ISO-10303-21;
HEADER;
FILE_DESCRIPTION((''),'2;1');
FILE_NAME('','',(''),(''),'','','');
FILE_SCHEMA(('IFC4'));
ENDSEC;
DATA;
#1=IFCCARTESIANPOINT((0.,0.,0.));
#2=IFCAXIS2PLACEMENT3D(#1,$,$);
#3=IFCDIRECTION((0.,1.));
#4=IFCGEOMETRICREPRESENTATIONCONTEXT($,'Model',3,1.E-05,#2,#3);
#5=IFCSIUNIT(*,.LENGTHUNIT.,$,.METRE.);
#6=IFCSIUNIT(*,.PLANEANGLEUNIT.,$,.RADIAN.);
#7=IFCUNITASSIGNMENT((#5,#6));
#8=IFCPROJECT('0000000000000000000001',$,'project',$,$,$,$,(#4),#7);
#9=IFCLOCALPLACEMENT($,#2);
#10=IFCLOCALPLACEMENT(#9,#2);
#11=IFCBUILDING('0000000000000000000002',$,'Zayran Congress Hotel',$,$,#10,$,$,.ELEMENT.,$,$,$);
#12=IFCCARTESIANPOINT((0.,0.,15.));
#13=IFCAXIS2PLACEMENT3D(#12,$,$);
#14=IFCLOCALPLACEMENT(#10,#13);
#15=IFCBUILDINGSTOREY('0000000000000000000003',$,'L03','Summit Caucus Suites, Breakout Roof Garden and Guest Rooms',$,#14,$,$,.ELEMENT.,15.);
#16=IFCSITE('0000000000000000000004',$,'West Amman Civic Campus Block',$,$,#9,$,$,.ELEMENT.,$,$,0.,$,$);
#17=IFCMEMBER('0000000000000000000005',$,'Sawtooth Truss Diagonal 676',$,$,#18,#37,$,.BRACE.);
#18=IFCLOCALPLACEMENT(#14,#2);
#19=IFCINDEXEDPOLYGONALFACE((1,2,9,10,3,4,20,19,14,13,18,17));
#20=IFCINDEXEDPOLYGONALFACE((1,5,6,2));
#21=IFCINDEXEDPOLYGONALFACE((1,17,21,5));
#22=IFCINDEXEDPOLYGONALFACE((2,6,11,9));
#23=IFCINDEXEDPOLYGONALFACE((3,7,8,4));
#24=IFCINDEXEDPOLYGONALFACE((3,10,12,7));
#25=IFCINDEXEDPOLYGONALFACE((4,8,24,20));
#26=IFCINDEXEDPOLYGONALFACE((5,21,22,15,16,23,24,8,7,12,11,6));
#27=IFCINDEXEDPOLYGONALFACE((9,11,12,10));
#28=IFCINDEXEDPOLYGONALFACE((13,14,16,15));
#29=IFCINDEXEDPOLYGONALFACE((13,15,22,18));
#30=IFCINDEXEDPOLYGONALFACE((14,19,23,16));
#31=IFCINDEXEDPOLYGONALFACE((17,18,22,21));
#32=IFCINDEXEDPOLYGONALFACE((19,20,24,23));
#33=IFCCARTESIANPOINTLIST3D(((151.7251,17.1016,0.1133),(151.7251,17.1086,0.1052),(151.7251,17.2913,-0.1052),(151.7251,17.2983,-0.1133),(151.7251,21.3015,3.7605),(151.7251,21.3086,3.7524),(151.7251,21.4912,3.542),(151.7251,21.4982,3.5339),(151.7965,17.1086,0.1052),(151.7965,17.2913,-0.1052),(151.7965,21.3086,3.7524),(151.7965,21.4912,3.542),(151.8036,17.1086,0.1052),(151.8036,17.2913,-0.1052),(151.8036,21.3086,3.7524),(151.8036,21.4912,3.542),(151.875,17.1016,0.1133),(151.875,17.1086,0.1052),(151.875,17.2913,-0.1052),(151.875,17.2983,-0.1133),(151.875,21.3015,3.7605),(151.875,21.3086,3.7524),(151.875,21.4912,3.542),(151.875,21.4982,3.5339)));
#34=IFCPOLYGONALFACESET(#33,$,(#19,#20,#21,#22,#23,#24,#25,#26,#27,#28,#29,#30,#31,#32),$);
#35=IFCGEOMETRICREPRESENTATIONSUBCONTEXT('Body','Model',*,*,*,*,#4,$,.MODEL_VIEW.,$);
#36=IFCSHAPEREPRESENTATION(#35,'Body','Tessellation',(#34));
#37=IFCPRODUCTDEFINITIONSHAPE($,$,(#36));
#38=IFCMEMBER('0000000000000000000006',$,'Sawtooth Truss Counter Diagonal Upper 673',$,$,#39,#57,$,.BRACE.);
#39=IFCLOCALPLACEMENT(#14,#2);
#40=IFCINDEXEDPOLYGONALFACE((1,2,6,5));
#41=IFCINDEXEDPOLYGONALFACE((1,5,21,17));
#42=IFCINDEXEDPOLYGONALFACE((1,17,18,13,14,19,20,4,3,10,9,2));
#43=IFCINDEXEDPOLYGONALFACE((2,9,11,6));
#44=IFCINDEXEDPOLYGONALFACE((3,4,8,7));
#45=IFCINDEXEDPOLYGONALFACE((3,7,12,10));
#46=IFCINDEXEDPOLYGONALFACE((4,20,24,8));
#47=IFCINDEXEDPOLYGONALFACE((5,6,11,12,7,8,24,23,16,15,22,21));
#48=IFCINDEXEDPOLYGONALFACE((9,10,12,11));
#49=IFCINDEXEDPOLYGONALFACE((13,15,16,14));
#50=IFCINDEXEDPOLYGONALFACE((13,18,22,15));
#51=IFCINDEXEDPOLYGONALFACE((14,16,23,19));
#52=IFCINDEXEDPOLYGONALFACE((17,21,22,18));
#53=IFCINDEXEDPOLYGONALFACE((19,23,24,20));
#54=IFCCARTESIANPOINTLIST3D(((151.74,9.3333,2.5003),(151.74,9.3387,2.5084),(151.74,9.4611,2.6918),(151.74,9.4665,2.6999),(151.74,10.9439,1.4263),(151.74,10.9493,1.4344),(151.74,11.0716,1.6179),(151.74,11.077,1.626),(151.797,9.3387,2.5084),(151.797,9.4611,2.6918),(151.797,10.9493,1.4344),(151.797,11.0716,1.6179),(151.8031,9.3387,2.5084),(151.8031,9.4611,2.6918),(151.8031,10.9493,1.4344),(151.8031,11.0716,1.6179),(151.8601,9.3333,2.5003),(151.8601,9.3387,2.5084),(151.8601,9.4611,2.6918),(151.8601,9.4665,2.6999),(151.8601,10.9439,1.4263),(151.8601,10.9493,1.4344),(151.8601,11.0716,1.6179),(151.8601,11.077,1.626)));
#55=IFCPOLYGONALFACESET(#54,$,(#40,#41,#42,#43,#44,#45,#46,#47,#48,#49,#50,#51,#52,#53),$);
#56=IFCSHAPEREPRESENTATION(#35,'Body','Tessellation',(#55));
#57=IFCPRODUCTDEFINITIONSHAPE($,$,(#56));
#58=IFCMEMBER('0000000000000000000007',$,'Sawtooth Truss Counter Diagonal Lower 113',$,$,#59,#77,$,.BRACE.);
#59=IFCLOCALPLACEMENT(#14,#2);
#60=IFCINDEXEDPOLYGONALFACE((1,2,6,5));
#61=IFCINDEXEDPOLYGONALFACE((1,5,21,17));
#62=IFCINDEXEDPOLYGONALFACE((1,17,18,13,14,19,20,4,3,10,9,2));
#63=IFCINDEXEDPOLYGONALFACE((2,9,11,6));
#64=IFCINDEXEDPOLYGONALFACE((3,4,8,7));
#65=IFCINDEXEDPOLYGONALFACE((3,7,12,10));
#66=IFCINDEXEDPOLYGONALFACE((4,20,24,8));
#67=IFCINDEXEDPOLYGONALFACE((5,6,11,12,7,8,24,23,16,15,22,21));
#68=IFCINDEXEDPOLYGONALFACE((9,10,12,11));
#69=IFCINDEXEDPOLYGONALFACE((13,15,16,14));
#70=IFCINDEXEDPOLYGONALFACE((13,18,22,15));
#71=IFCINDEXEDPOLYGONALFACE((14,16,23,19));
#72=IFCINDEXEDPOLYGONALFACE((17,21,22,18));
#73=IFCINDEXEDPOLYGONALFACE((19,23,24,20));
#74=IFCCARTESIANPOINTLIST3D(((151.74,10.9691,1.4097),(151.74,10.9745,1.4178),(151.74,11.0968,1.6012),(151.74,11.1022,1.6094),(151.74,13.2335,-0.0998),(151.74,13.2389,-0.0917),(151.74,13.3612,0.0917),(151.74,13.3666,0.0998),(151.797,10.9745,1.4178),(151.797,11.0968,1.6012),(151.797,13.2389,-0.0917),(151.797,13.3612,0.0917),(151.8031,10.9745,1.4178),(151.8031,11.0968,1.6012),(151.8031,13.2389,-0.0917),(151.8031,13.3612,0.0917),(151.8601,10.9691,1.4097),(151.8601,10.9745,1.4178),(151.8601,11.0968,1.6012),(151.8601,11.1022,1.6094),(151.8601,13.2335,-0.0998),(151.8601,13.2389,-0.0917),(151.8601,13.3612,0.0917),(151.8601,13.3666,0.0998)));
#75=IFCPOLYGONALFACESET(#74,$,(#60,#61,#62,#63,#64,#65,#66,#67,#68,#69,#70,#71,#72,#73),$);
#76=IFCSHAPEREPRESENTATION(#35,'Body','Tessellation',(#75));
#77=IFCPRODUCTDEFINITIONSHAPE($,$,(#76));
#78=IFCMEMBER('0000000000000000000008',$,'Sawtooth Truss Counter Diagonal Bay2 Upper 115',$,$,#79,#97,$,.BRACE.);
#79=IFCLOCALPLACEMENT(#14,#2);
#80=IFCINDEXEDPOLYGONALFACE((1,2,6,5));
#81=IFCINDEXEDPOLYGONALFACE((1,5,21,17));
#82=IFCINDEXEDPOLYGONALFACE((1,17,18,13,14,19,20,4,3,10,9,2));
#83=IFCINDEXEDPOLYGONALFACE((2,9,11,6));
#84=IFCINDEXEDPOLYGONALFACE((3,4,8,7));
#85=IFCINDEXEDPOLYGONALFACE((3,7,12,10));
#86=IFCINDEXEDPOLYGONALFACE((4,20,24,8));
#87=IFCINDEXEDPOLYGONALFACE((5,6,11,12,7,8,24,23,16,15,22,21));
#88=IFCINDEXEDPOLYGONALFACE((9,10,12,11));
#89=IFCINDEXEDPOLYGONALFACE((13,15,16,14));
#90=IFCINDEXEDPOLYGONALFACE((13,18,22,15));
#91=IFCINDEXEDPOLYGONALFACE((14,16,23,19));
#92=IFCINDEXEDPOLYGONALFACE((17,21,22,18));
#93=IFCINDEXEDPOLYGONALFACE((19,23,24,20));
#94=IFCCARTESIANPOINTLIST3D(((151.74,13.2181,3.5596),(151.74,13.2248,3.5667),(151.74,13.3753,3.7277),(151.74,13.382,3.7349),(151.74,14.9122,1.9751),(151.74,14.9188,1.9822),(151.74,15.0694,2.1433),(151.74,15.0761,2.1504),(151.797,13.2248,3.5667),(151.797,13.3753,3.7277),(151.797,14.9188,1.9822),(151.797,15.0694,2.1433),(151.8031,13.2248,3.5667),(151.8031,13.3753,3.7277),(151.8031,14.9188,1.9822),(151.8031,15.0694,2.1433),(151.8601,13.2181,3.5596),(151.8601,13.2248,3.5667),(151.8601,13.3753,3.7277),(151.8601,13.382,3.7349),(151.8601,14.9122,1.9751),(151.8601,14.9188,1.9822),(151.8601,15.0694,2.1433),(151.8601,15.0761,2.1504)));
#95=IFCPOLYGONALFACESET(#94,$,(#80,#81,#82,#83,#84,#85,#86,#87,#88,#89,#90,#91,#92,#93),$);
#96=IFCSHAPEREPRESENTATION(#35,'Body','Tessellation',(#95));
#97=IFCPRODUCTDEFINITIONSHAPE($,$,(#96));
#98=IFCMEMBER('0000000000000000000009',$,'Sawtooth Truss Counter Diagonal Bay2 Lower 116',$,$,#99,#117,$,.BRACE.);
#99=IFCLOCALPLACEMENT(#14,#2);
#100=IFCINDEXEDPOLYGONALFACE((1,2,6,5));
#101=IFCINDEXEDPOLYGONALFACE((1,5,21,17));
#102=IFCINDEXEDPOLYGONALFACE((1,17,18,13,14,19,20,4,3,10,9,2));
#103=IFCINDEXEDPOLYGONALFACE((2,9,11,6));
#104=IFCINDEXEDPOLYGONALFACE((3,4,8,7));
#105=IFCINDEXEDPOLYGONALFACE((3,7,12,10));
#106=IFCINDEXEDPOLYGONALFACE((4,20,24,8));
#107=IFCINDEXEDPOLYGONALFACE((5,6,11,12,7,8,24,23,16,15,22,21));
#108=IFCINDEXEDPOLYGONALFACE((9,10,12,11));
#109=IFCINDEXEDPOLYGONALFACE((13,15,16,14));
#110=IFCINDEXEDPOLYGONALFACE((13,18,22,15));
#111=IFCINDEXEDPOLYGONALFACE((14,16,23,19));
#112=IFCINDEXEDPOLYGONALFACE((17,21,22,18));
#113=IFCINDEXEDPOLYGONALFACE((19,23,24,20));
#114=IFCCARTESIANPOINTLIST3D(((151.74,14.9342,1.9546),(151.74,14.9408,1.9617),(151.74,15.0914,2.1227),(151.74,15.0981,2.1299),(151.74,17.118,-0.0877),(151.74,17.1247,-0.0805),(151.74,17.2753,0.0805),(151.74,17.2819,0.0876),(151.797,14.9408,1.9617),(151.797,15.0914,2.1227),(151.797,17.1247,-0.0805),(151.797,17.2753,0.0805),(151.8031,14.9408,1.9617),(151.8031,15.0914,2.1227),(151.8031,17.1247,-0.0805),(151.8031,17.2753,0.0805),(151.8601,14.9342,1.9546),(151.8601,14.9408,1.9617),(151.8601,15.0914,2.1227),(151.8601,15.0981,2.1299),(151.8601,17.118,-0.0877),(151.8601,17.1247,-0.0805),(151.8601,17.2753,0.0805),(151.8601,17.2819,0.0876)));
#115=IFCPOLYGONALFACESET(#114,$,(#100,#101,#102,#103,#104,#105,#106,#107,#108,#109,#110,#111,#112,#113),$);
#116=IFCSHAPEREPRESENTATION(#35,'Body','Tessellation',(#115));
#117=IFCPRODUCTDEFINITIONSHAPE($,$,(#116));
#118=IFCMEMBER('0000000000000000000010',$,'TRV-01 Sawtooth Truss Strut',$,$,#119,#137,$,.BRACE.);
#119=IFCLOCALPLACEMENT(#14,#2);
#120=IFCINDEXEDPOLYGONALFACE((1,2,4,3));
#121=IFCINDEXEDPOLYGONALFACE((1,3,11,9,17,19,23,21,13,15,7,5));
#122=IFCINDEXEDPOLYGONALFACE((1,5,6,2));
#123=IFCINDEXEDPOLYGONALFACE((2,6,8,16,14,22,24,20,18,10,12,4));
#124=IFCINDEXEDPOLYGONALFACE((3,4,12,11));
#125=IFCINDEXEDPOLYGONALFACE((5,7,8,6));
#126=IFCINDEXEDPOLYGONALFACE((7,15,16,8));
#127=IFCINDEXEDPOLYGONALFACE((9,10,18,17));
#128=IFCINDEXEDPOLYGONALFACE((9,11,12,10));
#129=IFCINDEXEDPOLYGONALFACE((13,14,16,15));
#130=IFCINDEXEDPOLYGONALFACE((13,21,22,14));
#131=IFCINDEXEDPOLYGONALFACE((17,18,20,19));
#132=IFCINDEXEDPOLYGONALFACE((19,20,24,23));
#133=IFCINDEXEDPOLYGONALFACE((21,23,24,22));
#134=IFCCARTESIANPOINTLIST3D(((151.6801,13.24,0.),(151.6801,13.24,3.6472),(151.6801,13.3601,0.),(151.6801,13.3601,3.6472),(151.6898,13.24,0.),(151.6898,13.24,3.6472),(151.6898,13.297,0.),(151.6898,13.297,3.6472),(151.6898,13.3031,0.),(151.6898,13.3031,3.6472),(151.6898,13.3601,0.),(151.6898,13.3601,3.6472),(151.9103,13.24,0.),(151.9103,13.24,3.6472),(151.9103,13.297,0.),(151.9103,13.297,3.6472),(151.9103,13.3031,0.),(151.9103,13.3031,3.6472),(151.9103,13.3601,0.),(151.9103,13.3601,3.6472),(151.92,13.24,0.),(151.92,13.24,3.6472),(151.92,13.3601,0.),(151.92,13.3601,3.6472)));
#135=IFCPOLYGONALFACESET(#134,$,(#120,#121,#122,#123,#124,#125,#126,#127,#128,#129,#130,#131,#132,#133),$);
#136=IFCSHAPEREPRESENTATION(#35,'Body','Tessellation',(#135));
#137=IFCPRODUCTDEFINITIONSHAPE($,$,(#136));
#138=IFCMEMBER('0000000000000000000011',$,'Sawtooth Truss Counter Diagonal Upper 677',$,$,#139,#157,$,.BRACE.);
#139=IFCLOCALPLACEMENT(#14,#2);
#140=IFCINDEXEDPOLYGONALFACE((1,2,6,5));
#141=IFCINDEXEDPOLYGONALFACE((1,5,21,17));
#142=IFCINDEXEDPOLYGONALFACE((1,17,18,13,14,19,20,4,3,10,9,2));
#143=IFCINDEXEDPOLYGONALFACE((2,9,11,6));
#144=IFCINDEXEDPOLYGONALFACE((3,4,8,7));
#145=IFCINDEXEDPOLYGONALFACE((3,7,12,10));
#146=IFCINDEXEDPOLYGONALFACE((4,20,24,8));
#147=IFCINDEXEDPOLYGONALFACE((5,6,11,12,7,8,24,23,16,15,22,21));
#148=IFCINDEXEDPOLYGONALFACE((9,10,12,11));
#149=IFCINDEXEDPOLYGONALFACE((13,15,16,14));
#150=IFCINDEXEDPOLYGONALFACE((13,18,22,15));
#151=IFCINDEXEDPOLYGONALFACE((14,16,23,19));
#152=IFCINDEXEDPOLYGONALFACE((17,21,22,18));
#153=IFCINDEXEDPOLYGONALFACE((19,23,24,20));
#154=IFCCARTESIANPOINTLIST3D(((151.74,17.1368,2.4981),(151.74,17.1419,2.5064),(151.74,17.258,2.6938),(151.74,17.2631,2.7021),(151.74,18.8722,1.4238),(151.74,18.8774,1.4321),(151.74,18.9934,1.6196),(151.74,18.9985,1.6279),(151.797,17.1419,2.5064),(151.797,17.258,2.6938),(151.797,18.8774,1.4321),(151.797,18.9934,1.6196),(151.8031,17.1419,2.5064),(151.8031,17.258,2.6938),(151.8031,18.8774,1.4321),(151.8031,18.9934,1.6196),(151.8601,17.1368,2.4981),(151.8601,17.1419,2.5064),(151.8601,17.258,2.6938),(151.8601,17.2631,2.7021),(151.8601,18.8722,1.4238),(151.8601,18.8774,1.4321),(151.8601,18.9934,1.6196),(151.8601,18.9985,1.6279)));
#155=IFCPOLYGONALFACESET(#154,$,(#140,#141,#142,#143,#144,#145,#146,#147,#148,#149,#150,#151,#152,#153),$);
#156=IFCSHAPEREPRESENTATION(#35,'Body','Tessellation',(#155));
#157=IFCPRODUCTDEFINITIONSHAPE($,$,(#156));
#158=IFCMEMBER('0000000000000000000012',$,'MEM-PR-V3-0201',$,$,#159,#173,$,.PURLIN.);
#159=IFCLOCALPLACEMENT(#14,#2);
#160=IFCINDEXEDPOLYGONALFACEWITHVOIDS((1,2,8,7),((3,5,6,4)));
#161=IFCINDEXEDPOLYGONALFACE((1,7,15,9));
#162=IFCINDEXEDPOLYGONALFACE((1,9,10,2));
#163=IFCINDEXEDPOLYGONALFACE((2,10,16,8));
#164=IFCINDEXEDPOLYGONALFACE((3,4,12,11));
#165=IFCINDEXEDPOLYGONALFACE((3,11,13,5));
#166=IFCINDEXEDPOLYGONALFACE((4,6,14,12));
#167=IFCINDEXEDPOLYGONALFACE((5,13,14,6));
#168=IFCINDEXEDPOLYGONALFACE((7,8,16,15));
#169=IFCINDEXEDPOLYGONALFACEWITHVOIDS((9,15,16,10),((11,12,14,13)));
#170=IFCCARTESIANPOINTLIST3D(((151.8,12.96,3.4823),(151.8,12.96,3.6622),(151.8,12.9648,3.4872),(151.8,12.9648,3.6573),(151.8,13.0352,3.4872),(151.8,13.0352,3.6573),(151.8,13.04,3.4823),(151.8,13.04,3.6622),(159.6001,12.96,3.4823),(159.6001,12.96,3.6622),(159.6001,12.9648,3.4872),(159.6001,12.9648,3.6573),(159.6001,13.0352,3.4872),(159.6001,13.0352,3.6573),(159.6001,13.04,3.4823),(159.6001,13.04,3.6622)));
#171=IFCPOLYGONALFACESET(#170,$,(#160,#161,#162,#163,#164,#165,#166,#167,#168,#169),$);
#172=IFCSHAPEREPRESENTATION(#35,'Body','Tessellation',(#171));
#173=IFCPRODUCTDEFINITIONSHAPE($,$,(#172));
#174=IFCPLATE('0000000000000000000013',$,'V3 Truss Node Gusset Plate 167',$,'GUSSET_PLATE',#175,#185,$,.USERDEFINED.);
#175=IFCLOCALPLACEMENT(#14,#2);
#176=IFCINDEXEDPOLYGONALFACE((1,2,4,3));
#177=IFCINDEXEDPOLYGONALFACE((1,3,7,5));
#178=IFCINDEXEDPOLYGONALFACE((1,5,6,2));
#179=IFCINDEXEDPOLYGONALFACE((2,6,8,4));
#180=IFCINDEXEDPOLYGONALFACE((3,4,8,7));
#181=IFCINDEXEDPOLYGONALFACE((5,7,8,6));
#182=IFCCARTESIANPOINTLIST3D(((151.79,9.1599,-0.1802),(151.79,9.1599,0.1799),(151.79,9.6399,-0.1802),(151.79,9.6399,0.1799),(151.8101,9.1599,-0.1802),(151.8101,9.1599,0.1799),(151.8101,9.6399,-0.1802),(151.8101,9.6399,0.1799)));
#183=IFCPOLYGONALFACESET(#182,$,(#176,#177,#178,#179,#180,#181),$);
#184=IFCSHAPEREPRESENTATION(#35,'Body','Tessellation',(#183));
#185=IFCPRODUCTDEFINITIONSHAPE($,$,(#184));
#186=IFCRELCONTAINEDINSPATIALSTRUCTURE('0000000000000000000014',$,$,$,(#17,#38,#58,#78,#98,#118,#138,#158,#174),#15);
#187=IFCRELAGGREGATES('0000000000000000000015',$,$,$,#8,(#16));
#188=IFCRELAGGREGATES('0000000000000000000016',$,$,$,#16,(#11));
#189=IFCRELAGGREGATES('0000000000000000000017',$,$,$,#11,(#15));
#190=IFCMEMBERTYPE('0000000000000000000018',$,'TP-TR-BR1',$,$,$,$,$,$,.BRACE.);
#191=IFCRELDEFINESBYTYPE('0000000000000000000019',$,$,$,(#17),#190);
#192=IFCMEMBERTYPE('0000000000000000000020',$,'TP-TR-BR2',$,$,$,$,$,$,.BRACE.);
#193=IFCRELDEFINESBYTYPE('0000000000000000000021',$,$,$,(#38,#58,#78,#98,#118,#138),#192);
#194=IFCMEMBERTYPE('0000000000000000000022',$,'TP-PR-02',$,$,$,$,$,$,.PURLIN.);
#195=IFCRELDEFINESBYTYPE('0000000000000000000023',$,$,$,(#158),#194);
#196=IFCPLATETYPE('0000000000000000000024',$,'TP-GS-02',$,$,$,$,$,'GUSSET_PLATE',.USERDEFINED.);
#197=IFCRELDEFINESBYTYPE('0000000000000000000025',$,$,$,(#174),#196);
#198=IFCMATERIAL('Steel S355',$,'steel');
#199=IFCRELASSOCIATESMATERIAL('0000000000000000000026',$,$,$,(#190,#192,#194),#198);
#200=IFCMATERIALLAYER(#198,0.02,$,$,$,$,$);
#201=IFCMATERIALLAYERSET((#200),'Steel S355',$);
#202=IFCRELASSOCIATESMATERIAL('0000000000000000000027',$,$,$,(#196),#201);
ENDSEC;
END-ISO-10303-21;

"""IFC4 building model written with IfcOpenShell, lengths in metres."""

from ifc_helpers import new_model, si_unit, direction, frame, origin, origin_2d, place, context, subcontext, project, spatial, rectangle, hollow_rectangle, i_section, extrude, material, layer, layer_set, material_profile, profile_set, type_object, element, save


model = new_model("IFC4")

# Units and contexts
model_context = context("Model", 3, precision=1e-05, world=origin(), true_north=direction((0.0, 1.0)))
body_context = subcontext(model_context, "Body", "Model", "MODEL_VIEW")
ifc_project = project(units=[si_unit("LENGTHUNIT", "METRE"), si_unit("PLANEANGLEUNIT", "RADIAN")], contexts=[model_context])

# Site, building, storey
site_placement = place(None, origin())
site = spatial("IfcSite", under=ifc_project, at=site_placement, Name="West Amman Civic Campus Block", CompositionType="ELEMENT", RefElevation=0.0)
building_placement = place(site_placement, origin())
building = spatial("IfcBuilding", under=site, at=building_placement, Name="Zayran Congress Hotel", CompositionType="ELEMENT")
storey_placement = place(building_placement, frame((0.0, 0.0, 15.0)))
storey = spatial("IfcBuildingStorey", under=building, at=storey_placement, Name="L03", Description="Summit Caucus Suites, Breakout Roof Garden and Guest Rooms", CompositionType="ELEMENT", Elevation=15.0)

# Shared definitions
ifc_material_1 = material(Name="Steel S355", Category="steel")

# Members
ifc_material_profile_1 = material_profile(ifc_material_1, i_section(OverallWidth=0.1499, OverallDepth=0.3, WebThickness=0.0071, FlangeThickness=0.0107, at=origin_2d()), Name="IPE 300")
ifc_profile_set_1 = profile_set([ifc_material_profile_1], Name="Steel S355")
member_type_1 = type_object("IfcMemberType", Name="TP-TR-BR1", PredefinedType="BRACE", material=ifc_profile_set_1)
member_1_placement = place(storey_placement, frame((151.8, 17.2, 0.0), z_axis=(0.0, 0.755043, 0.655675), x_axis=(-1.0, 0.0, 0.0)))
element("IfcMember", 1, at=member_1_placement, inside=storey, type_object=member_type_1, Name="Sawtooth Truss Diagonal 676", PredefinedType="BRACE", context=body_context, shape_type="SweptSolid", body=[
    extrude(i_section(OverallWidth=0.1499, OverallDepth=0.3, WebThickness=0.0071, FlangeThickness=0.0107, at=origin_2d()), origin(), (0.0, 0.0, 1.0), 5.5625),
])
ifc_material_profile_2 = material_profile(ifc_material_1, i_section(OverallWidth=0.1201, OverallDepth=0.24, WebThickness=0.0061, FlangeThickness=0.0098, at=origin_2d()), Name="IPE 240")
ifc_profile_set_2 = profile_set([ifc_material_profile_2], Name="Steel S355")
member_type_2 = type_object("IfcMemberType", Name="TP-TR-BR2", PredefinedType="BRACE", material=ifc_profile_set_2)
member_2_placement = place(storey_placement, frame((151.8, 9.3999, 2.6001), z_axis=(0.0, 0.831992, -0.554788), x_axis=(-1.0, 0.0, 0.0)))
element("IfcMember", 2, at=member_2_placement, inside=storey, type_object=member_type_2, Name="Sawtooth Truss Counter Diagonal Upper 673", PredefinedType="BRACE", context=body_context, shape_type="SweptSolid", body=[
    extrude(i_section(OverallWidth=0.1201, OverallDepth=0.24, WebThickness=0.0061, FlangeThickness=0.0098, at=origin_2d()), origin(), (0.0, 0.0, 1.0), 1.9358),
])
member_3_placement = place(storey_placement, frame((151.8, 11.0356, 1.5095), z_axis=(0.0, 0.832064, -0.554679), x_axis=(-1.0, 0.0, 0.0)))
element("IfcMember", 3, at=member_3_placement, inside=storey, type_object=member_type_2, Name="Sawtooth Truss Counter Diagonal Lower 113", PredefinedType="BRACE", context=body_context, shape_type="SweptSolid", body=[
    extrude(i_section(OverallWidth=0.1201, OverallDepth=0.24, WebThickness=0.0061, FlangeThickness=0.0098, at=origin_2d()), origin(), (0.0, 0.0, 1.0), 2.7214),
])
member_4_placement = place(storey_placement, frame((151.8, 13.3, 3.6472), z_axis=(0.0, 0.730341, -0.683083), x_axis=(-1.0, 0.0, 0.0)))
element("IfcMember", 4, at=member_4_placement, inside=storey, type_object=member_type_2, Name="Sawtooth Truss Counter Diagonal Bay2 Upper 115", PredefinedType="BRACE", context=body_context, shape_type="SweptSolid", body=[
    extrude(i_section(OverallWidth=0.1201, OverallDepth=0.24, WebThickness=0.0061, FlangeThickness=0.0098, at=origin_2d()), origin(), (0.0, 0.0, 1.0), 2.3196),
])
member_5_placement = place(storey_placement, frame((151.8, 15.0161, 2.0422), z_axis=(0.0, 0.73039, -0.683031), x_axis=(-1.0, 0.0, 0.0)))
element("IfcMember", 5, at=member_5_placement, inside=storey, type_object=member_type_2, Name="Sawtooth Truss Counter Diagonal Bay2 Lower 116", PredefinedType="BRACE", context=body_context, shape_type="SweptSolid", body=[
    extrude(i_section(OverallWidth=0.1201, OverallDepth=0.24, WebThickness=0.0061, FlangeThickness=0.0098, at=origin_2d()), origin(), (0.0, 0.0, 1.0), 2.99),
])
member_6_placement = place(storey_placement, frame((151.8, 13.3, 0.0), z_axis=(0.0, 0.0, 1.0), x_axis=(0.0, 1.0, 0.0)))
element("IfcMember", 6, at=member_6_placement, inside=storey, type_object=member_type_2, Name="TRV-01 Sawtooth Truss Strut", PredefinedType="BRACE", context=body_context, shape_type="SweptSolid", body=[
    extrude(i_section(OverallWidth=0.1201, OverallDepth=0.24, WebThickness=0.0061, FlangeThickness=0.0098, at=origin_2d()), origin(), (0.0, 0.0, 1.0), 3.6472),
])
member_7_placement = place(storey_placement, frame((151.8, 17.2, 2.6001), z_axis=(0.0, 0.850275, -0.526338), x_axis=(-1.0, 0.0, 0.0)))
element("IfcMember", 7, at=member_7_placement, inside=storey, type_object=member_type_2, Name="Sawtooth Truss Counter Diagonal Upper 677", PredefinedType="BRACE", context=body_context, shape_type="SweptSolid", body=[
    extrude(i_section(OverallWidth=0.1201, OverallDepth=0.24, WebThickness=0.0061, FlangeThickness=0.0098, at=origin_2d()), origin(), (0.0, 0.0, 1.0), 2.041),
])
ifc_material_profile_3 = material_profile(ifc_material_1, hollow_rectangle(XDim=0.0801, YDim=0.1799, WallThickness=0.0049, at=origin_2d()), Name="RHS 180x80x5")
ifc_profile_set_3 = profile_set([ifc_material_profile_3], Name="Steel S355")
member_type_3 = type_object("IfcMemberType", Name="TP-PR-02", PredefinedType="PURLIN", material=ifc_profile_set_3)
member_8_placement = place(storey_placement, frame((151.8, 13.0, 3.5723), z_axis=(1.0, 0.0, 0.0), x_axis=(0.0, 1.0, 0.0)))
element("IfcMember", 8, at=member_8_placement, inside=storey, type_object=member_type_3, Name="MEM-PR-V3-0201", PredefinedType="PURLIN", context=body_context, shape_type="SweptSolid", body=[
    extrude(hollow_rectangle(XDim=0.0801, YDim=0.1799, WallThickness=0.0049, at=origin_2d()), origin(), (0.0, 0.0, 1.0), 7.8),
])

# Plate
ifc_layer_1 = layer(ifc_material_1, 0.02)
ifc_layer_set_1 = layer_set([ifc_layer_1], Name="Steel S355")
plate_type_1 = type_object("IfcPlateType", Name="TP-GS-02", ElementType="GUSSET_PLATE", PredefinedType="USERDEFINED", material=ifc_layer_set_1)
for number, where, z_axis, x_axis, name in (
    (9, (151.8, 9.3999, -0.1802), (0.0, 0.0, 1.0), (0.0, 1.0, 0.0), "V3 Truss Node Gusset Plate 167"),
):
    element("IfcPlate", number, at=place(storey_placement, frame(where, z_axis=z_axis, x_axis=x_axis)), inside=storey, type_object=plate_type_1, Name=name, ObjectType="GUSSET_PLATE", PredefinedType="USERDEFINED", context=body_context, shape_type="SweptSolid", body=[
        extrude(rectangle(XDim=0.48, YDim=0.02, at=origin_2d()), origin(), (0.0, 0.0, 1.0), 0.3601),
    ])

save(model, "model.ifc")
